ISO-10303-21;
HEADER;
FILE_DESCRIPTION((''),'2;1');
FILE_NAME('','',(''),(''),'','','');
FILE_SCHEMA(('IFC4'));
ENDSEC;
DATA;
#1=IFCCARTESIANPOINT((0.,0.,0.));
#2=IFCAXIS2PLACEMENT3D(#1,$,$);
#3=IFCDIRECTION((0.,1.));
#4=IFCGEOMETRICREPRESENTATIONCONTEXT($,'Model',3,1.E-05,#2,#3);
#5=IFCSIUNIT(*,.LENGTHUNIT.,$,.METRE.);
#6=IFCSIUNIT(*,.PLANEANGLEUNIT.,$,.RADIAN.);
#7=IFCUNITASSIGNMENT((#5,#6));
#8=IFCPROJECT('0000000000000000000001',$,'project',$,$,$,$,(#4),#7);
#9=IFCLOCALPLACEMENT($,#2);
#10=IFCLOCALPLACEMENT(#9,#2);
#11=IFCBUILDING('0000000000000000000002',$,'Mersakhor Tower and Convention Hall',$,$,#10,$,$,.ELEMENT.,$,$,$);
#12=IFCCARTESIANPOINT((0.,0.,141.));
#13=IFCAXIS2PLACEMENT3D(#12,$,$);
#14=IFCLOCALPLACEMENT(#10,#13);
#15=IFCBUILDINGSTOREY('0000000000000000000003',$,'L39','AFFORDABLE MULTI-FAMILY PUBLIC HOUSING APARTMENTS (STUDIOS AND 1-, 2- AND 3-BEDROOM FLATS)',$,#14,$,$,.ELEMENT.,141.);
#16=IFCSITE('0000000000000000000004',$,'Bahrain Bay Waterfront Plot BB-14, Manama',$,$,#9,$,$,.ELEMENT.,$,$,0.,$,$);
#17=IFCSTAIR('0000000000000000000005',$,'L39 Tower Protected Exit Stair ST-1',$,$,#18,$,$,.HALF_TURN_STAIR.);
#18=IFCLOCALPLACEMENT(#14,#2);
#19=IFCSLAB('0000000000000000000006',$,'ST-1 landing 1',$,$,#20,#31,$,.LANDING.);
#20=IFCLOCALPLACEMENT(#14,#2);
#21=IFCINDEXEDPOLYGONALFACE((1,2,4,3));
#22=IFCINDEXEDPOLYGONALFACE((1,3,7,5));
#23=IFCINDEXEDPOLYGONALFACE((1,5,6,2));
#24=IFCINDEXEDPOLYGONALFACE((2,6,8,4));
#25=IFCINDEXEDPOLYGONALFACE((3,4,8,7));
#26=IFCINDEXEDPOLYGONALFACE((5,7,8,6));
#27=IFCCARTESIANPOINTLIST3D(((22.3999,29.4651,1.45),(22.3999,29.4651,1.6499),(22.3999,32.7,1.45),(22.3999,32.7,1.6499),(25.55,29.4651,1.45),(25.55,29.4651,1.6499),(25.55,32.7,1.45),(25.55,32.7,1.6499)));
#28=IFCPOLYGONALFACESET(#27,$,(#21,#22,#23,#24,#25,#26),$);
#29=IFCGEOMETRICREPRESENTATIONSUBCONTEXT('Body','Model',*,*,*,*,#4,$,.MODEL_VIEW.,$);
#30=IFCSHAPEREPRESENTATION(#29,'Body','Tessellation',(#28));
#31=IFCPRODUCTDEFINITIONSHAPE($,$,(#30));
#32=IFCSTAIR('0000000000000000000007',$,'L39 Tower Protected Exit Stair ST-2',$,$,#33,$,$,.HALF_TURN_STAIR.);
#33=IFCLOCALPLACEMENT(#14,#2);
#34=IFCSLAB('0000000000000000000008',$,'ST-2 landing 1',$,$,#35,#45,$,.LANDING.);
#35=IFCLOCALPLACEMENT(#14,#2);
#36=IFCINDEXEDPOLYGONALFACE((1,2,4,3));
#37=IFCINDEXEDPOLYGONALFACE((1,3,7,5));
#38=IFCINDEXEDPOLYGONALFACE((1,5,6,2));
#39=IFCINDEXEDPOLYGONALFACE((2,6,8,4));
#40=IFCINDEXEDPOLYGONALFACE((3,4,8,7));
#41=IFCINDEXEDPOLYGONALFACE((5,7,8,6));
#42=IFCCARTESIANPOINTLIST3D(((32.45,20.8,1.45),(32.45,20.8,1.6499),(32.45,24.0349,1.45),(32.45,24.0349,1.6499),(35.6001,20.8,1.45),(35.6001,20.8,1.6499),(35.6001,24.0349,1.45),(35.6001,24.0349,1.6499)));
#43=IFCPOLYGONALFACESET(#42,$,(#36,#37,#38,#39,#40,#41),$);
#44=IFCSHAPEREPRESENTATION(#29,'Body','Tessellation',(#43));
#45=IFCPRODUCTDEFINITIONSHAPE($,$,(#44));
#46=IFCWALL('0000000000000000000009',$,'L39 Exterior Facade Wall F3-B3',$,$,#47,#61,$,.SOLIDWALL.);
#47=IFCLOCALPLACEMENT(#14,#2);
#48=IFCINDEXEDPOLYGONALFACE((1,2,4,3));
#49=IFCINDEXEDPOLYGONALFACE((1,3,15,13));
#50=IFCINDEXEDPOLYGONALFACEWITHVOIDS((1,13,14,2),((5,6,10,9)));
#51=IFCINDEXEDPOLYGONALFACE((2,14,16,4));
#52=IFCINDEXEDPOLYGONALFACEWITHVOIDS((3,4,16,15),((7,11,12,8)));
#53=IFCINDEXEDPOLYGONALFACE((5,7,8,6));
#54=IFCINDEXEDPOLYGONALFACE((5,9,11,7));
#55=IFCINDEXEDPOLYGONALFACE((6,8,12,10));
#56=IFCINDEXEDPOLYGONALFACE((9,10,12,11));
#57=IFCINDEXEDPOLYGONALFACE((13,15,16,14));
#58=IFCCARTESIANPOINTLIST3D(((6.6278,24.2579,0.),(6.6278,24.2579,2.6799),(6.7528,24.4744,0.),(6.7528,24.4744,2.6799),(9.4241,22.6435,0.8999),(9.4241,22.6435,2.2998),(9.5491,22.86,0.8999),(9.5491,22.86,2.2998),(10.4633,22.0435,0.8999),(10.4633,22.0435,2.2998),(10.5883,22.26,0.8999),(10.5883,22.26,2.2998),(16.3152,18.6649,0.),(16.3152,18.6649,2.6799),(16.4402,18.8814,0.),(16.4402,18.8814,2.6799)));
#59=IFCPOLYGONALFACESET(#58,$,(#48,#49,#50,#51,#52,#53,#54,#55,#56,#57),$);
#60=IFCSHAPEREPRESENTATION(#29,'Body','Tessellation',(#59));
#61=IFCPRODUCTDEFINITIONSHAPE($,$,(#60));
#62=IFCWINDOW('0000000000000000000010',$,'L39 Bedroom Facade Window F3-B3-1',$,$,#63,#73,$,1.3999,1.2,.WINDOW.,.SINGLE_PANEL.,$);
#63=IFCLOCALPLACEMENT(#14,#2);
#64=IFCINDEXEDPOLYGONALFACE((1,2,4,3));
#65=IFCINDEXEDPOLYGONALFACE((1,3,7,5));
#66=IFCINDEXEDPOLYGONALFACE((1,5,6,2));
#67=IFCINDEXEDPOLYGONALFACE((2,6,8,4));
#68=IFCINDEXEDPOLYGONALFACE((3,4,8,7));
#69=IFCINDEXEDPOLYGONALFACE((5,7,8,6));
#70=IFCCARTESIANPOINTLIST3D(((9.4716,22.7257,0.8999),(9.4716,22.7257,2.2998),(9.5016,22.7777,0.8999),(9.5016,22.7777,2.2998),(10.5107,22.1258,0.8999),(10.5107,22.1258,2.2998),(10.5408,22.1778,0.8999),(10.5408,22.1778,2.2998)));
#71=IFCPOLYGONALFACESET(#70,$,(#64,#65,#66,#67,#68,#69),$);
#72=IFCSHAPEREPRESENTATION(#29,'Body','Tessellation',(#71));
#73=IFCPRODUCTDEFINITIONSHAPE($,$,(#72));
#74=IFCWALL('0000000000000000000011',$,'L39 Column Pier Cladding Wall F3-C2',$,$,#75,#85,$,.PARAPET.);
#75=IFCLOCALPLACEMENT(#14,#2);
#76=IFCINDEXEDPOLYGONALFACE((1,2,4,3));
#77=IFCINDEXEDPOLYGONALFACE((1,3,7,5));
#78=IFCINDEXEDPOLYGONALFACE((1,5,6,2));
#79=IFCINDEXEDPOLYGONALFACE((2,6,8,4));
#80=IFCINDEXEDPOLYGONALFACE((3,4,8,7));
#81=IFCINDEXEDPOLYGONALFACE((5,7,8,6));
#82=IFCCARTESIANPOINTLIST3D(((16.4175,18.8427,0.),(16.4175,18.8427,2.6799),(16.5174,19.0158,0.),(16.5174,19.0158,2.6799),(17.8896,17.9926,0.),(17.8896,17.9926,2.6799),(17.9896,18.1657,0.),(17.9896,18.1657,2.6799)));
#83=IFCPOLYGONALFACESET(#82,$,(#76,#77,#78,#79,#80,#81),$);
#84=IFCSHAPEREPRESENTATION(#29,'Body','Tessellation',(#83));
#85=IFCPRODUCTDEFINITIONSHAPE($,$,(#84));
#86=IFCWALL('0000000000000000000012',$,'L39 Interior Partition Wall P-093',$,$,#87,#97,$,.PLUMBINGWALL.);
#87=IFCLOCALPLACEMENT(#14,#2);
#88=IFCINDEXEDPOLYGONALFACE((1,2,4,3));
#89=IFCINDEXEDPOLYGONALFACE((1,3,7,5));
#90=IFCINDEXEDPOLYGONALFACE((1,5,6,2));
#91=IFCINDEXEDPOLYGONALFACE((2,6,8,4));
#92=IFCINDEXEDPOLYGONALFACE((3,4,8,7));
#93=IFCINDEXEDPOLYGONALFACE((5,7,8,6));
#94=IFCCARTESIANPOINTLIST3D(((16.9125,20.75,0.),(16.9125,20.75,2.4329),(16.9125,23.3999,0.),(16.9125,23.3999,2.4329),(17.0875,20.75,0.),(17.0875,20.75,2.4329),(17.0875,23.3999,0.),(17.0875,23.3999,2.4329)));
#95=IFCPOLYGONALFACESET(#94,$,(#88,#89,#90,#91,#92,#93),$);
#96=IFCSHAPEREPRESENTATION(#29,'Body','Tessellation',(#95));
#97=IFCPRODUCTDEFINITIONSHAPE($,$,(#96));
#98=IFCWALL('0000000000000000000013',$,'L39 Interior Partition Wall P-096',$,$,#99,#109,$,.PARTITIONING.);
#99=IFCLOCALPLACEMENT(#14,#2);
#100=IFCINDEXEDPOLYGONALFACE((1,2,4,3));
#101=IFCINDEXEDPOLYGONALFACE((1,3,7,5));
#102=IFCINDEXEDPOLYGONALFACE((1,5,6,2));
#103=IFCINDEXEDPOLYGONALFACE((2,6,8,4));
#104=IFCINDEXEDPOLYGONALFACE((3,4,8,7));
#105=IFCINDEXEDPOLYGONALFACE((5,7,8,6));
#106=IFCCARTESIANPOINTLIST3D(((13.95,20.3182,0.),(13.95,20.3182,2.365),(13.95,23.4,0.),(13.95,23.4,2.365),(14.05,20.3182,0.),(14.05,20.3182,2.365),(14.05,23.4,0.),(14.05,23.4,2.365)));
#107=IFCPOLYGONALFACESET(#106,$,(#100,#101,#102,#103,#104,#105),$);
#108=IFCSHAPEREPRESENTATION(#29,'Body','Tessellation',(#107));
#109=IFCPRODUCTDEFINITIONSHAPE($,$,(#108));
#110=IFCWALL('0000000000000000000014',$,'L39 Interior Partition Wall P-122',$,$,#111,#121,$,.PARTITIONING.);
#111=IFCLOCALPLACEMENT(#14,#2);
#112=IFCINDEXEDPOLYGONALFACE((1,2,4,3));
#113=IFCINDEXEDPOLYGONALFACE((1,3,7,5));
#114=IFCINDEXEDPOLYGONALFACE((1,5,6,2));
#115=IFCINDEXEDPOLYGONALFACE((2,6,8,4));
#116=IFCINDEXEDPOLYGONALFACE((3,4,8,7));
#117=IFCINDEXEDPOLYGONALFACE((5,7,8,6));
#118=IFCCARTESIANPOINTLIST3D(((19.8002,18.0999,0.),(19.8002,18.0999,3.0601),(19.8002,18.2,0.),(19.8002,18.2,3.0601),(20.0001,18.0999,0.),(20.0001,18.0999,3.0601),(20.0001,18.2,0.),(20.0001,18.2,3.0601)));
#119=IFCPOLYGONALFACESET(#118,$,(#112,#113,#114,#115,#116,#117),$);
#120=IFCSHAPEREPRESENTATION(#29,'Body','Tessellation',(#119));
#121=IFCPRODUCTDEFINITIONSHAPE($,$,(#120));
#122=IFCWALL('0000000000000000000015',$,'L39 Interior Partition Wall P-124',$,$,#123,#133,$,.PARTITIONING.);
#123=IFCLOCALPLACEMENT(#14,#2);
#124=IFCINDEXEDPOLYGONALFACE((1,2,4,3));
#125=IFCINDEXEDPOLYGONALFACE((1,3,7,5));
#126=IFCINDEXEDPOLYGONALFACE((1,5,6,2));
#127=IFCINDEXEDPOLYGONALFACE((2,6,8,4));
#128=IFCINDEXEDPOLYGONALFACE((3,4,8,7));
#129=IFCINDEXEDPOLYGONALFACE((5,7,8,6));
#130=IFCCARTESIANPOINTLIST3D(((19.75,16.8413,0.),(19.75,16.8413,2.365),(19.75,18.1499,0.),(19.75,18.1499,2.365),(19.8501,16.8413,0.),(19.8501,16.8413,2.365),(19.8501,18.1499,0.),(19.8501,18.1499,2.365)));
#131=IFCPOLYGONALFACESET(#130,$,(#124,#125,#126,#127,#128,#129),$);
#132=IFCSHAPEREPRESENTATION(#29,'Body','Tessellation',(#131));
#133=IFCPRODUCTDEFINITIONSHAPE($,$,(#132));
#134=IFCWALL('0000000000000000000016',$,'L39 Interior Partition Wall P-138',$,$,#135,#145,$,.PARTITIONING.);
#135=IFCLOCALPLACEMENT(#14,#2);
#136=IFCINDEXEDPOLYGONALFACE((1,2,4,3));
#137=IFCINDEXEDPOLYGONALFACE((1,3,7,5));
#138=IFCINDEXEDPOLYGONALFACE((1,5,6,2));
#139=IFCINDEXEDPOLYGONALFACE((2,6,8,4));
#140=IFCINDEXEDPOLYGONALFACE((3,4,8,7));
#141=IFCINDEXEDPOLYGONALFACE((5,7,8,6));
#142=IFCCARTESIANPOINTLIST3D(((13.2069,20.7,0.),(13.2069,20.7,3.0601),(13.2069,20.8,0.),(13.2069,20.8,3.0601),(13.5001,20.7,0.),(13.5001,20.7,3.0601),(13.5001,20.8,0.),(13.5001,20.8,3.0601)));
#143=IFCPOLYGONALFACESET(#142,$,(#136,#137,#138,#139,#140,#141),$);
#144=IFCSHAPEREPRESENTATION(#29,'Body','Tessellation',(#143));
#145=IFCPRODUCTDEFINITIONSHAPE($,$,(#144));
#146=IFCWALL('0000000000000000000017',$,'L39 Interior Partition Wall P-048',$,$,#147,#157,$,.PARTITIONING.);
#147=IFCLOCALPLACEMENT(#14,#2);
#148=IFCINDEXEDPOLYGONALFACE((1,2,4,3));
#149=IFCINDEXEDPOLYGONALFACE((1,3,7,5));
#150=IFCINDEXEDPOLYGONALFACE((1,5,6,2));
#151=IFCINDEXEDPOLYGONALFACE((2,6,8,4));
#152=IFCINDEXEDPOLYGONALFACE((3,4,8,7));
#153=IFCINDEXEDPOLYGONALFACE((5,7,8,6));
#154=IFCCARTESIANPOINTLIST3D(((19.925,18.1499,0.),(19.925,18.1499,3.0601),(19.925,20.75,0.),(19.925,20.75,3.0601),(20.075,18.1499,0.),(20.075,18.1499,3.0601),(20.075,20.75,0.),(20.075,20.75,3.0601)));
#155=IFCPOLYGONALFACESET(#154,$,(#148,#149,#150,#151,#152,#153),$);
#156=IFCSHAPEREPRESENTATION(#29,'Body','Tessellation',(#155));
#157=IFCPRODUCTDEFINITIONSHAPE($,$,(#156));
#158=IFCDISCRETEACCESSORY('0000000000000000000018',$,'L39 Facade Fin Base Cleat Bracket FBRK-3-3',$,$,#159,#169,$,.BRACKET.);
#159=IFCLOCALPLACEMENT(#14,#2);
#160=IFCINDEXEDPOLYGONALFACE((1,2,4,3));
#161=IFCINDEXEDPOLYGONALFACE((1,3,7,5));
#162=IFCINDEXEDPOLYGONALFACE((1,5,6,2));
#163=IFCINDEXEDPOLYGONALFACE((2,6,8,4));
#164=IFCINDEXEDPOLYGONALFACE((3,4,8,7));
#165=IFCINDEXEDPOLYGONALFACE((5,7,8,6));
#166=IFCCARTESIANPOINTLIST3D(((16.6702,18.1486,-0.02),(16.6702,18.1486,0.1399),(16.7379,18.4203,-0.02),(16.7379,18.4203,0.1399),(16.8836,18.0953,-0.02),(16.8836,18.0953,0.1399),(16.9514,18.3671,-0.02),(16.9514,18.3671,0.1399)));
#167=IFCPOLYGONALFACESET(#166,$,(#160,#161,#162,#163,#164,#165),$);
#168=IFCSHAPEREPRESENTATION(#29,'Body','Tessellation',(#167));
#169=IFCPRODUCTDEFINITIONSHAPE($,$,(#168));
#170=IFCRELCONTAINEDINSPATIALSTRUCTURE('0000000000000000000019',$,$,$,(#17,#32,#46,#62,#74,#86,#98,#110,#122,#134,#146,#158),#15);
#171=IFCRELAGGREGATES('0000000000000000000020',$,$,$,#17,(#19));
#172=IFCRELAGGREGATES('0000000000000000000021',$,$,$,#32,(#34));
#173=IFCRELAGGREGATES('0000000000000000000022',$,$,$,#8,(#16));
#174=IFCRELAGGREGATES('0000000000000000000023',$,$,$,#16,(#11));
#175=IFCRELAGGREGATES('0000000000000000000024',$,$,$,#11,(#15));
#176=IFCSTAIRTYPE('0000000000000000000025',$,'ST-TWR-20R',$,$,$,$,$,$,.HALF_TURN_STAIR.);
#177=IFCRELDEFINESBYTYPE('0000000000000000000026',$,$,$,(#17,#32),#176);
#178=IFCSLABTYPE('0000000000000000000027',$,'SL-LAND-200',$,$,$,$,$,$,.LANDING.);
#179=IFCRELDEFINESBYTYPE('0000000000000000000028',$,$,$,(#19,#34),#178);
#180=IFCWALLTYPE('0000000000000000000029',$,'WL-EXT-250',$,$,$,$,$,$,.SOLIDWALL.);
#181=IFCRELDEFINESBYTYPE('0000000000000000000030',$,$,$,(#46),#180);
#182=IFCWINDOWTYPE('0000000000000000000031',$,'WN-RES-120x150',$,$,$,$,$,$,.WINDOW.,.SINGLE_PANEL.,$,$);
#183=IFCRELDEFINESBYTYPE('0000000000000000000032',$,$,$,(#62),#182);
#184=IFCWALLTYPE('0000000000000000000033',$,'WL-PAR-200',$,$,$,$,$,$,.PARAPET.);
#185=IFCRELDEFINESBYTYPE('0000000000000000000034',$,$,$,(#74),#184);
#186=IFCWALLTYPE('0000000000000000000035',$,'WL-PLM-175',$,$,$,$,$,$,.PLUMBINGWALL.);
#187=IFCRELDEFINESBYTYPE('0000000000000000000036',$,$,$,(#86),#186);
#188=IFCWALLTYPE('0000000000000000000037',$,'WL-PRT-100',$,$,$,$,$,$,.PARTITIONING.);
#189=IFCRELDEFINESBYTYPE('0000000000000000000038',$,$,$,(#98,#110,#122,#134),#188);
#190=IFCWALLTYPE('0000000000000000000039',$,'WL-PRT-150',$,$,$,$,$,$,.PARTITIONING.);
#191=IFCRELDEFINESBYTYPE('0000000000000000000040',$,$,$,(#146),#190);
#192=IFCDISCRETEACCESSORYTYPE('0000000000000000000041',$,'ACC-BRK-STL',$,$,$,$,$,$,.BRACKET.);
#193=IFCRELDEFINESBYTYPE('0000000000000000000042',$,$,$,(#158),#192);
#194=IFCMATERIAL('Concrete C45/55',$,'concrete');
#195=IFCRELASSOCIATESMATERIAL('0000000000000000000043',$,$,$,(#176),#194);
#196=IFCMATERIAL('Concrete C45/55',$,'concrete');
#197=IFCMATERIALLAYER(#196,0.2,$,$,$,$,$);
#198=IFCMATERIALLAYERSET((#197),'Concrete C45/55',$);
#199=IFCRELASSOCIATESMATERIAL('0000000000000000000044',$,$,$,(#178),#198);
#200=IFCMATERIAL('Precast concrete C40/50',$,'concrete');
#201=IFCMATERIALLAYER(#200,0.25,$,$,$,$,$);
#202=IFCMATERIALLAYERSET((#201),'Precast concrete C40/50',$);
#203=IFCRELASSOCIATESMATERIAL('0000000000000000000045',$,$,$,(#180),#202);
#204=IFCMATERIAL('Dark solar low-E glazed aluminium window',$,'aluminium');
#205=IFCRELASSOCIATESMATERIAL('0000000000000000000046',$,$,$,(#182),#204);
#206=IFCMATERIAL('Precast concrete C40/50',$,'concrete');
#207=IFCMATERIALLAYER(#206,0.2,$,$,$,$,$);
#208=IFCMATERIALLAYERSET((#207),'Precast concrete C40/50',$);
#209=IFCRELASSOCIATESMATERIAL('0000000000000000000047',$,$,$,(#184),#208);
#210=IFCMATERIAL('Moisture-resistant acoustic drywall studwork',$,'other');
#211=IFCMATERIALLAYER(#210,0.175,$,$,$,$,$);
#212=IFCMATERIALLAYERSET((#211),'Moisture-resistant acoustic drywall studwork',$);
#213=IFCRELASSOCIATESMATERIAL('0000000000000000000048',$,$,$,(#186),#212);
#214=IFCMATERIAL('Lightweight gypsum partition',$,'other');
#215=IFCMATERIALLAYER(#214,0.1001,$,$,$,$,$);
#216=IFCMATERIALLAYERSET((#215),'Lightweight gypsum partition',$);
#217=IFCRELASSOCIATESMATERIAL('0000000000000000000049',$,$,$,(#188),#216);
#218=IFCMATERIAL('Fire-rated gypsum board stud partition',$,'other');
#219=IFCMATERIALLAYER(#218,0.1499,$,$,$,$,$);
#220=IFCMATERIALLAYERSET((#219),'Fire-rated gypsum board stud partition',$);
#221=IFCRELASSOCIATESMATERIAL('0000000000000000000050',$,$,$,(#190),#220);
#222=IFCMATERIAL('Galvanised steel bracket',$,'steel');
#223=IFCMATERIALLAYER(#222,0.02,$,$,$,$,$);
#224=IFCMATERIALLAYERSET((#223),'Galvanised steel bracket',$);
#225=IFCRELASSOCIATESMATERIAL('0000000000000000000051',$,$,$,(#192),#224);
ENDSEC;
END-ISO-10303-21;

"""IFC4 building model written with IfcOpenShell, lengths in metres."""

from ifc_helpers import new_model, si_unit, direction, frame, frame_2d, origin, origin_2d, place, context, subcontext, project, spatial, polyline, rectangle, outline, extrude, material, layer, layer_set, type_object, element, fill, aggregate, save


model = new_model("IFC4")

# Units and contexts
model_context = context("Model", 3, precision=1e-05, world=origin(), true_north=direction((0.0, 1.0)))
body_context = subcontext(model_context, "Body", "Model", "MODEL_VIEW")
ifc_project = project(units=[si_unit("LENGTHUNIT", "METRE"), si_unit("PLANEANGLEUNIT", "RADIAN")], contexts=[model_context])

# Site, building, storey
site_placement = place(None, origin())
site = spatial("IfcSite", under=ifc_project, at=site_placement, Name="Bahrain Bay Waterfront Plot BB-14, Manama", CompositionType="ELEMENT", RefElevation=0.0)
building_placement = place(site_placement, origin())
building = spatial("IfcBuilding", under=site, at=building_placement, Name="Mersakhor Tower and Convention Hall", CompositionType="ELEMENT")
storey_placement = place(building_placement, frame((0.0, 0.0, 141.0)))
storey = spatial("IfcBuildingStorey", under=building, at=storey_placement, Name="L39", Description="AFFORDABLE MULTI-FAMILY PUBLIC HOUSING APARTMENTS (STUDIOS AND 1-, 2- AND 3-BEDROOM FLATS)", CompositionType="ELEMENT", Elevation=141.0)

# Stairs, slabs
ifc_material_1 = material(Name="Concrete C45/55", Category="concrete")
stair_type = type_object("IfcStairType", Name="ST-TWR-20R", PredefinedType="HALF_TURN_STAIR", material=ifc_material_1)
stair_1_placement = place(storey_placement, origin())
stair_1 = element("IfcStair", 1, at=stair_1_placement, inside=storey, type_object=stair_type, Name="L39 Tower Protected Exit Stair ST-1", PredefinedType="HALF_TURN_STAIR")
ifc_material_2 = material(Name="Concrete C45/55", Category="concrete")
ifc_layer_1 = layer(ifc_material_2, 0.2)
ifc_layer_set_1 = layer_set([ifc_layer_1], Name="Concrete C45/55")
slab_type_1 = type_object("IfcSlabType", Name="SL-LAND-200", PredefinedType="LANDING", material=ifc_layer_set_1)
slab_1_placement = place(storey_placement, frame((0.0, 0.0, 1.45)))
slab_1 = element("IfcSlab", 2, at=slab_1_placement, type_object=slab_type_1, Name="ST-1 landing 1", PredefinedType="LANDING", context=body_context, shape_type="SweptSolid", body=[
    extrude(outline(polyline([(25.55, 29.4651), (25.55, 32.7), (22.3999, 32.7), (22.3999, 29.4651), (25.55, 29.4651)])), origin(), (0.0, 0.0, 1.0), 0.2),
])
aggregate(stair_1, [slab_1])
stair_2_placement = place(storey_placement, origin())
stair_2 = element("IfcStair", 3, at=stair_2_placement, inside=storey, type_object=stair_type, Name="L39 Tower Protected Exit Stair ST-2", PredefinedType="HALF_TURN_STAIR")
slab_2_placement = place(storey_placement, frame((0.0, 0.0, 1.45)))
slab_2 = element("IfcSlab", 4, at=slab_2_placement, type_object=slab_type_1, Name="ST-2 landing 1", PredefinedType="LANDING", context=body_context, shape_type="SweptSolid", body=[
    extrude(outline(polyline([(32.45, 24.0349), (32.45, 20.8), (35.6001, 20.8), (35.6001, 24.0349), (32.45, 24.0349)])), origin(), (0.0, 0.0, 1.0), 0.2),
])
aggregate(stair_2, [slab_2])

# Wall, opening, window
ifc_material_3 = material(Name="Precast concrete C40/50", Category="concrete")
ifc_layer_2 = layer(ifc_material_3, 0.25)
ifc_layer_set_2 = layer_set([ifc_layer_2], Name="Precast concrete C40/50")
wall_type_1 = type_object("IfcWallType", Name="WL-EXT-250", PredefinedType="SOLIDWALL", material=ifc_layer_set_2)
wall_1_placement = place(storey_placement, frame((16.3777, 18.7732, 0.0), z_axis=(0.0, 0.0, 1.0), x_axis=(-0.866028, 0.499996, 0.0)))
wall_1 = element("IfcWall", 5, at=wall_1_placement, inside=storey, type_object=wall_type_1, Name="L39 Exterior Facade Wall F3-B3", PredefinedType="SOLIDWALL", context=body_context, shape_type="SweptSolid", body=[
    extrude(rectangle(XDim=11.186, YDim=0.25, at=frame_2d((5.593, 0.0))), origin(), (0.0, 0.0, 1.0), 2.6799),
])
opening_placement = place(wall_1_placement, frame((6.7571, 0.0, 0.8999)))
opening = element("IfcOpeningElement", 6, at=opening_placement, cuts=wall_1, PredefinedType="OPENING", context=body_context, shape_type="SweptSolid", body=[
    extrude(rectangle(XDim=1.2, YDim=1.3999, at=frame_2d((0.6001, 0.7))), frame((0.0, 0.135, 0.0), z_axis=(0.0, -1.0, 0.0), x_axis=(1.0, 0.0, 0.0)), (0.0, 0.0, 1.0), 0.27),
])
ifc_material_4 = material(Name="Dark solar low-E glazed aluminium window", Category="aluminium")
window_type = type_object("IfcWindowType", Name="WN-RES-120x150", PartitioningType="SINGLE_PANEL", PredefinedType="WINDOW", material=ifc_material_4)
window_placement = place(opening_placement, origin())
window = element("IfcWindow", 7, at=window_placement, inside=storey, type_object=window_type, Name="L39 Bedroom Facade Window F3-B3-1", OverallHeight=1.3999, OverallWidth=1.2, PartitioningType="SINGLE_PANEL", PredefinedType="WINDOW", context=body_context, shape_type="SweptSolid", body=[
    extrude(rectangle(XDim=1.2, YDim=1.3999, at=frame_2d((0.6001, 0.7))), frame((0.0, 0.03, 0.0), z_axis=(0.0, -1.0, 0.0), x_axis=(1.0, 0.0, 0.0)), (0.0, 0.0, 1.0), 0.0601),
])
fill(opening, window)

# Walls
ifc_material_5 = material(Name="Precast concrete C40/50", Category="concrete")
ifc_layer_3 = layer(ifc_material_5, 0.2)
ifc_layer_set_3 = layer_set([ifc_layer_3], Name="Precast concrete C40/50")
wall_type_2 = type_object("IfcWallType", Name="WL-PAR-200", PredefinedType="PARAPET", material=ifc_layer_set_3)
wall_2_placement = place(storey_placement, frame((17.9397, 18.0791, 0.0), z_axis=(0.0, 0.0, 1.0), x_axis=(-0.865989, 0.500062, 0.0)))
element("IfcWall", 8, at=wall_2_placement, inside=storey, type_object=wall_type_2, Name="L39 Column Pier Cladding Wall F3-C2", PredefinedType="PARAPET", context=body_context, shape_type="SweptSolid", body=[
    extrude(rectangle(XDim=1.7, YDim=0.2, at=frame_2d((0.8501, 0.0))), origin(), (0.0, 0.0, 1.0), 2.6799),
])
ifc_material_6 = material(Name="Moisture-resistant acoustic drywall studwork", Category="other")
ifc_layer_4 = layer(ifc_material_6, 0.175)
ifc_layer_set_4 = layer_set([ifc_layer_4], Name="Moisture-resistant acoustic drywall studwork")
wall_type_3 = type_object("IfcWallType", Name="WL-PLM-175", PredefinedType="PLUMBINGWALL", material=ifc_layer_set_4)
wall_3_placement = place(storey_placement, frame((17.0, 20.75, 0.0), z_axis=(0.0, 0.0, 1.0), x_axis=(0.0, 1.0, 0.0)))
element("IfcWall", 9, at=wall_3_placement, inside=storey, type_object=wall_type_3, Name="L39 Interior Partition Wall P-093", PredefinedType="PLUMBINGWALL", context=body_context, shape_type="SweptSolid", body=[
    extrude(rectangle(XDim=2.6499, YDim=0.175, at=frame_2d((1.325, 0.0))), origin(), (0.0, 0.0, 1.0), 2.4329),
])
ifc_material_7 = material(Name="Lightweight gypsum partition", Category="other")
ifc_layer_5 = layer(ifc_material_7, 0.1001)
ifc_layer_set_5 = layer_set([ifc_layer_5], Name="Lightweight gypsum partition")
wall_type_4 = type_object("IfcWallType", Name="WL-PRT-100", PredefinedType="PARTITIONING", material=ifc_layer_set_5)
wall_4_placement = place(storey_placement, frame((14.0, 20.3181, 0.0), z_axis=(0.0, 0.0, 1.0), x_axis=(0.0, 1.0, 0.0)))
element("IfcWall", 10, at=wall_4_placement, inside=storey, type_object=wall_type_4, Name="L39 Interior Partition Wall P-096", PredefinedType="PARTITIONING", context=body_context, shape_type="SweptSolid", body=[
    extrude(rectangle(XDim=3.0818, YDim=0.1001, at=frame_2d((1.541, 0.0))), origin(), (0.0, 0.0, 1.0), 2.365),
])
wall_5_placement = place(storey_placement, frame((19.8, 18.1499, 0.0), z_axis=(0.0, 0.0, 1.0), x_axis=(1.0, 0.0, 0.0)))
element("IfcWall", 11, at=wall_5_placement, inside=storey, type_object=wall_type_4, Name="L39 Interior Partition Wall P-122", PredefinedType="PARTITIONING", context=body_context, shape_type="SweptSolid", body=[
    extrude(rectangle(XDim=0.2, YDim=0.1001, at=frame_2d((0.1001, 0.0))), origin(), (0.0, 0.0, 1.0), 3.0601),
])
wall_6_placement = place(storey_placement, frame((19.8, 16.8413, 0.0), z_axis=(0.0, 0.0, 1.0), x_axis=(0.0, 1.0, 0.0)))
element("IfcWall", 12, at=wall_6_placement, inside=storey, type_object=wall_type_4, Name="L39 Interior Partition Wall P-124", PredefinedType="PARTITIONING", context=body_context, shape_type="SweptSolid", body=[
    extrude(rectangle(XDim=1.3086, YDim=0.1001, at=frame_2d((0.6543, 0.0))), origin(), (0.0, 0.0, 1.0), 2.365),
])
wall_7_placement = place(storey_placement, frame((13.5, 20.75, 0.0), z_axis=(0.0, 0.0, 1.0), x_axis=(-1.0, 0.0, 0.0)))
element("IfcWall", 13, at=wall_7_placement, inside=storey, type_object=wall_type_4, Name="L39 Interior Partition Wall P-138", PredefinedType="PARTITIONING", context=body_context, shape_type="SweptSolid", body=[
    extrude(rectangle(XDim=0.2932, YDim=0.1001, at=frame_2d((0.1465, 0.0))), origin(), (0.0, 0.0, 1.0), 3.0601),
])
ifc_material_8 = material(Name="Fire-rated gypsum board stud partition", Category="other")
ifc_layer_6 = layer(ifc_material_8, 0.1499)
ifc_layer_set_6 = layer_set([ifc_layer_6], Name="Fire-rated gypsum board stud partition")
wall_type_5 = type_object("IfcWallType", Name="WL-PRT-150", PredefinedType="PARTITIONING", material=ifc_layer_set_6)
wall_8_placement = place(storey_placement, frame((20.0, 18.1499, 0.0), z_axis=(0.0, 0.0, 1.0), x_axis=(0.0, 1.0, 0.0)))
element("IfcWall", 14, at=wall_8_placement, inside=storey, type_object=wall_type_5, Name="L39 Interior Partition Wall P-048", PredefinedType="PARTITIONING", context=body_context, shape_type="SweptSolid", body=[
    extrude(rectangle(XDim=2.6001, YDim=0.1499, at=frame_2d((1.3, 0.0))), origin(), (0.0, 0.0, 1.0), 3.0601),
])

# Discrete accessory
ifc_material_9 = material(Name="Galvanised steel bracket", Category="steel")
ifc_layer_7 = layer(ifc_material_9, 0.02)
ifc_layer_set_7 = layer_set([ifc_layer_7], Name="Galvanised steel bracket")
discrete_accessory_type = type_object("IfcDiscreteAccessoryType", Name="ACC-BRK-STL", PredefinedType="BRACKET", material=ifc_layer_set_7)
discrete_accessory_placement = place(storey_placement, frame((16.8108, 18.2578, -0.02), z_axis=(0.0, 0.0, 1.0), x_axis=(-0.241922, -0.970296, 0.0)))
element("IfcDiscreteAccessory", 15, at=discrete_accessory_placement, inside=storey, type_object=discrete_accessory_type, Name="L39 Facade Fin Base Cleat Bracket FBRK-3-3", PredefinedType="BRACKET", context=body_context, shape_type="SweptSolid", body=[
    extrude(rectangle(XDim=0.28, YDim=0.22, at=origin_2d()), origin(), (0.0, 0.0, 1.0), 0.1599),
])

save(model, "model.ifc")
